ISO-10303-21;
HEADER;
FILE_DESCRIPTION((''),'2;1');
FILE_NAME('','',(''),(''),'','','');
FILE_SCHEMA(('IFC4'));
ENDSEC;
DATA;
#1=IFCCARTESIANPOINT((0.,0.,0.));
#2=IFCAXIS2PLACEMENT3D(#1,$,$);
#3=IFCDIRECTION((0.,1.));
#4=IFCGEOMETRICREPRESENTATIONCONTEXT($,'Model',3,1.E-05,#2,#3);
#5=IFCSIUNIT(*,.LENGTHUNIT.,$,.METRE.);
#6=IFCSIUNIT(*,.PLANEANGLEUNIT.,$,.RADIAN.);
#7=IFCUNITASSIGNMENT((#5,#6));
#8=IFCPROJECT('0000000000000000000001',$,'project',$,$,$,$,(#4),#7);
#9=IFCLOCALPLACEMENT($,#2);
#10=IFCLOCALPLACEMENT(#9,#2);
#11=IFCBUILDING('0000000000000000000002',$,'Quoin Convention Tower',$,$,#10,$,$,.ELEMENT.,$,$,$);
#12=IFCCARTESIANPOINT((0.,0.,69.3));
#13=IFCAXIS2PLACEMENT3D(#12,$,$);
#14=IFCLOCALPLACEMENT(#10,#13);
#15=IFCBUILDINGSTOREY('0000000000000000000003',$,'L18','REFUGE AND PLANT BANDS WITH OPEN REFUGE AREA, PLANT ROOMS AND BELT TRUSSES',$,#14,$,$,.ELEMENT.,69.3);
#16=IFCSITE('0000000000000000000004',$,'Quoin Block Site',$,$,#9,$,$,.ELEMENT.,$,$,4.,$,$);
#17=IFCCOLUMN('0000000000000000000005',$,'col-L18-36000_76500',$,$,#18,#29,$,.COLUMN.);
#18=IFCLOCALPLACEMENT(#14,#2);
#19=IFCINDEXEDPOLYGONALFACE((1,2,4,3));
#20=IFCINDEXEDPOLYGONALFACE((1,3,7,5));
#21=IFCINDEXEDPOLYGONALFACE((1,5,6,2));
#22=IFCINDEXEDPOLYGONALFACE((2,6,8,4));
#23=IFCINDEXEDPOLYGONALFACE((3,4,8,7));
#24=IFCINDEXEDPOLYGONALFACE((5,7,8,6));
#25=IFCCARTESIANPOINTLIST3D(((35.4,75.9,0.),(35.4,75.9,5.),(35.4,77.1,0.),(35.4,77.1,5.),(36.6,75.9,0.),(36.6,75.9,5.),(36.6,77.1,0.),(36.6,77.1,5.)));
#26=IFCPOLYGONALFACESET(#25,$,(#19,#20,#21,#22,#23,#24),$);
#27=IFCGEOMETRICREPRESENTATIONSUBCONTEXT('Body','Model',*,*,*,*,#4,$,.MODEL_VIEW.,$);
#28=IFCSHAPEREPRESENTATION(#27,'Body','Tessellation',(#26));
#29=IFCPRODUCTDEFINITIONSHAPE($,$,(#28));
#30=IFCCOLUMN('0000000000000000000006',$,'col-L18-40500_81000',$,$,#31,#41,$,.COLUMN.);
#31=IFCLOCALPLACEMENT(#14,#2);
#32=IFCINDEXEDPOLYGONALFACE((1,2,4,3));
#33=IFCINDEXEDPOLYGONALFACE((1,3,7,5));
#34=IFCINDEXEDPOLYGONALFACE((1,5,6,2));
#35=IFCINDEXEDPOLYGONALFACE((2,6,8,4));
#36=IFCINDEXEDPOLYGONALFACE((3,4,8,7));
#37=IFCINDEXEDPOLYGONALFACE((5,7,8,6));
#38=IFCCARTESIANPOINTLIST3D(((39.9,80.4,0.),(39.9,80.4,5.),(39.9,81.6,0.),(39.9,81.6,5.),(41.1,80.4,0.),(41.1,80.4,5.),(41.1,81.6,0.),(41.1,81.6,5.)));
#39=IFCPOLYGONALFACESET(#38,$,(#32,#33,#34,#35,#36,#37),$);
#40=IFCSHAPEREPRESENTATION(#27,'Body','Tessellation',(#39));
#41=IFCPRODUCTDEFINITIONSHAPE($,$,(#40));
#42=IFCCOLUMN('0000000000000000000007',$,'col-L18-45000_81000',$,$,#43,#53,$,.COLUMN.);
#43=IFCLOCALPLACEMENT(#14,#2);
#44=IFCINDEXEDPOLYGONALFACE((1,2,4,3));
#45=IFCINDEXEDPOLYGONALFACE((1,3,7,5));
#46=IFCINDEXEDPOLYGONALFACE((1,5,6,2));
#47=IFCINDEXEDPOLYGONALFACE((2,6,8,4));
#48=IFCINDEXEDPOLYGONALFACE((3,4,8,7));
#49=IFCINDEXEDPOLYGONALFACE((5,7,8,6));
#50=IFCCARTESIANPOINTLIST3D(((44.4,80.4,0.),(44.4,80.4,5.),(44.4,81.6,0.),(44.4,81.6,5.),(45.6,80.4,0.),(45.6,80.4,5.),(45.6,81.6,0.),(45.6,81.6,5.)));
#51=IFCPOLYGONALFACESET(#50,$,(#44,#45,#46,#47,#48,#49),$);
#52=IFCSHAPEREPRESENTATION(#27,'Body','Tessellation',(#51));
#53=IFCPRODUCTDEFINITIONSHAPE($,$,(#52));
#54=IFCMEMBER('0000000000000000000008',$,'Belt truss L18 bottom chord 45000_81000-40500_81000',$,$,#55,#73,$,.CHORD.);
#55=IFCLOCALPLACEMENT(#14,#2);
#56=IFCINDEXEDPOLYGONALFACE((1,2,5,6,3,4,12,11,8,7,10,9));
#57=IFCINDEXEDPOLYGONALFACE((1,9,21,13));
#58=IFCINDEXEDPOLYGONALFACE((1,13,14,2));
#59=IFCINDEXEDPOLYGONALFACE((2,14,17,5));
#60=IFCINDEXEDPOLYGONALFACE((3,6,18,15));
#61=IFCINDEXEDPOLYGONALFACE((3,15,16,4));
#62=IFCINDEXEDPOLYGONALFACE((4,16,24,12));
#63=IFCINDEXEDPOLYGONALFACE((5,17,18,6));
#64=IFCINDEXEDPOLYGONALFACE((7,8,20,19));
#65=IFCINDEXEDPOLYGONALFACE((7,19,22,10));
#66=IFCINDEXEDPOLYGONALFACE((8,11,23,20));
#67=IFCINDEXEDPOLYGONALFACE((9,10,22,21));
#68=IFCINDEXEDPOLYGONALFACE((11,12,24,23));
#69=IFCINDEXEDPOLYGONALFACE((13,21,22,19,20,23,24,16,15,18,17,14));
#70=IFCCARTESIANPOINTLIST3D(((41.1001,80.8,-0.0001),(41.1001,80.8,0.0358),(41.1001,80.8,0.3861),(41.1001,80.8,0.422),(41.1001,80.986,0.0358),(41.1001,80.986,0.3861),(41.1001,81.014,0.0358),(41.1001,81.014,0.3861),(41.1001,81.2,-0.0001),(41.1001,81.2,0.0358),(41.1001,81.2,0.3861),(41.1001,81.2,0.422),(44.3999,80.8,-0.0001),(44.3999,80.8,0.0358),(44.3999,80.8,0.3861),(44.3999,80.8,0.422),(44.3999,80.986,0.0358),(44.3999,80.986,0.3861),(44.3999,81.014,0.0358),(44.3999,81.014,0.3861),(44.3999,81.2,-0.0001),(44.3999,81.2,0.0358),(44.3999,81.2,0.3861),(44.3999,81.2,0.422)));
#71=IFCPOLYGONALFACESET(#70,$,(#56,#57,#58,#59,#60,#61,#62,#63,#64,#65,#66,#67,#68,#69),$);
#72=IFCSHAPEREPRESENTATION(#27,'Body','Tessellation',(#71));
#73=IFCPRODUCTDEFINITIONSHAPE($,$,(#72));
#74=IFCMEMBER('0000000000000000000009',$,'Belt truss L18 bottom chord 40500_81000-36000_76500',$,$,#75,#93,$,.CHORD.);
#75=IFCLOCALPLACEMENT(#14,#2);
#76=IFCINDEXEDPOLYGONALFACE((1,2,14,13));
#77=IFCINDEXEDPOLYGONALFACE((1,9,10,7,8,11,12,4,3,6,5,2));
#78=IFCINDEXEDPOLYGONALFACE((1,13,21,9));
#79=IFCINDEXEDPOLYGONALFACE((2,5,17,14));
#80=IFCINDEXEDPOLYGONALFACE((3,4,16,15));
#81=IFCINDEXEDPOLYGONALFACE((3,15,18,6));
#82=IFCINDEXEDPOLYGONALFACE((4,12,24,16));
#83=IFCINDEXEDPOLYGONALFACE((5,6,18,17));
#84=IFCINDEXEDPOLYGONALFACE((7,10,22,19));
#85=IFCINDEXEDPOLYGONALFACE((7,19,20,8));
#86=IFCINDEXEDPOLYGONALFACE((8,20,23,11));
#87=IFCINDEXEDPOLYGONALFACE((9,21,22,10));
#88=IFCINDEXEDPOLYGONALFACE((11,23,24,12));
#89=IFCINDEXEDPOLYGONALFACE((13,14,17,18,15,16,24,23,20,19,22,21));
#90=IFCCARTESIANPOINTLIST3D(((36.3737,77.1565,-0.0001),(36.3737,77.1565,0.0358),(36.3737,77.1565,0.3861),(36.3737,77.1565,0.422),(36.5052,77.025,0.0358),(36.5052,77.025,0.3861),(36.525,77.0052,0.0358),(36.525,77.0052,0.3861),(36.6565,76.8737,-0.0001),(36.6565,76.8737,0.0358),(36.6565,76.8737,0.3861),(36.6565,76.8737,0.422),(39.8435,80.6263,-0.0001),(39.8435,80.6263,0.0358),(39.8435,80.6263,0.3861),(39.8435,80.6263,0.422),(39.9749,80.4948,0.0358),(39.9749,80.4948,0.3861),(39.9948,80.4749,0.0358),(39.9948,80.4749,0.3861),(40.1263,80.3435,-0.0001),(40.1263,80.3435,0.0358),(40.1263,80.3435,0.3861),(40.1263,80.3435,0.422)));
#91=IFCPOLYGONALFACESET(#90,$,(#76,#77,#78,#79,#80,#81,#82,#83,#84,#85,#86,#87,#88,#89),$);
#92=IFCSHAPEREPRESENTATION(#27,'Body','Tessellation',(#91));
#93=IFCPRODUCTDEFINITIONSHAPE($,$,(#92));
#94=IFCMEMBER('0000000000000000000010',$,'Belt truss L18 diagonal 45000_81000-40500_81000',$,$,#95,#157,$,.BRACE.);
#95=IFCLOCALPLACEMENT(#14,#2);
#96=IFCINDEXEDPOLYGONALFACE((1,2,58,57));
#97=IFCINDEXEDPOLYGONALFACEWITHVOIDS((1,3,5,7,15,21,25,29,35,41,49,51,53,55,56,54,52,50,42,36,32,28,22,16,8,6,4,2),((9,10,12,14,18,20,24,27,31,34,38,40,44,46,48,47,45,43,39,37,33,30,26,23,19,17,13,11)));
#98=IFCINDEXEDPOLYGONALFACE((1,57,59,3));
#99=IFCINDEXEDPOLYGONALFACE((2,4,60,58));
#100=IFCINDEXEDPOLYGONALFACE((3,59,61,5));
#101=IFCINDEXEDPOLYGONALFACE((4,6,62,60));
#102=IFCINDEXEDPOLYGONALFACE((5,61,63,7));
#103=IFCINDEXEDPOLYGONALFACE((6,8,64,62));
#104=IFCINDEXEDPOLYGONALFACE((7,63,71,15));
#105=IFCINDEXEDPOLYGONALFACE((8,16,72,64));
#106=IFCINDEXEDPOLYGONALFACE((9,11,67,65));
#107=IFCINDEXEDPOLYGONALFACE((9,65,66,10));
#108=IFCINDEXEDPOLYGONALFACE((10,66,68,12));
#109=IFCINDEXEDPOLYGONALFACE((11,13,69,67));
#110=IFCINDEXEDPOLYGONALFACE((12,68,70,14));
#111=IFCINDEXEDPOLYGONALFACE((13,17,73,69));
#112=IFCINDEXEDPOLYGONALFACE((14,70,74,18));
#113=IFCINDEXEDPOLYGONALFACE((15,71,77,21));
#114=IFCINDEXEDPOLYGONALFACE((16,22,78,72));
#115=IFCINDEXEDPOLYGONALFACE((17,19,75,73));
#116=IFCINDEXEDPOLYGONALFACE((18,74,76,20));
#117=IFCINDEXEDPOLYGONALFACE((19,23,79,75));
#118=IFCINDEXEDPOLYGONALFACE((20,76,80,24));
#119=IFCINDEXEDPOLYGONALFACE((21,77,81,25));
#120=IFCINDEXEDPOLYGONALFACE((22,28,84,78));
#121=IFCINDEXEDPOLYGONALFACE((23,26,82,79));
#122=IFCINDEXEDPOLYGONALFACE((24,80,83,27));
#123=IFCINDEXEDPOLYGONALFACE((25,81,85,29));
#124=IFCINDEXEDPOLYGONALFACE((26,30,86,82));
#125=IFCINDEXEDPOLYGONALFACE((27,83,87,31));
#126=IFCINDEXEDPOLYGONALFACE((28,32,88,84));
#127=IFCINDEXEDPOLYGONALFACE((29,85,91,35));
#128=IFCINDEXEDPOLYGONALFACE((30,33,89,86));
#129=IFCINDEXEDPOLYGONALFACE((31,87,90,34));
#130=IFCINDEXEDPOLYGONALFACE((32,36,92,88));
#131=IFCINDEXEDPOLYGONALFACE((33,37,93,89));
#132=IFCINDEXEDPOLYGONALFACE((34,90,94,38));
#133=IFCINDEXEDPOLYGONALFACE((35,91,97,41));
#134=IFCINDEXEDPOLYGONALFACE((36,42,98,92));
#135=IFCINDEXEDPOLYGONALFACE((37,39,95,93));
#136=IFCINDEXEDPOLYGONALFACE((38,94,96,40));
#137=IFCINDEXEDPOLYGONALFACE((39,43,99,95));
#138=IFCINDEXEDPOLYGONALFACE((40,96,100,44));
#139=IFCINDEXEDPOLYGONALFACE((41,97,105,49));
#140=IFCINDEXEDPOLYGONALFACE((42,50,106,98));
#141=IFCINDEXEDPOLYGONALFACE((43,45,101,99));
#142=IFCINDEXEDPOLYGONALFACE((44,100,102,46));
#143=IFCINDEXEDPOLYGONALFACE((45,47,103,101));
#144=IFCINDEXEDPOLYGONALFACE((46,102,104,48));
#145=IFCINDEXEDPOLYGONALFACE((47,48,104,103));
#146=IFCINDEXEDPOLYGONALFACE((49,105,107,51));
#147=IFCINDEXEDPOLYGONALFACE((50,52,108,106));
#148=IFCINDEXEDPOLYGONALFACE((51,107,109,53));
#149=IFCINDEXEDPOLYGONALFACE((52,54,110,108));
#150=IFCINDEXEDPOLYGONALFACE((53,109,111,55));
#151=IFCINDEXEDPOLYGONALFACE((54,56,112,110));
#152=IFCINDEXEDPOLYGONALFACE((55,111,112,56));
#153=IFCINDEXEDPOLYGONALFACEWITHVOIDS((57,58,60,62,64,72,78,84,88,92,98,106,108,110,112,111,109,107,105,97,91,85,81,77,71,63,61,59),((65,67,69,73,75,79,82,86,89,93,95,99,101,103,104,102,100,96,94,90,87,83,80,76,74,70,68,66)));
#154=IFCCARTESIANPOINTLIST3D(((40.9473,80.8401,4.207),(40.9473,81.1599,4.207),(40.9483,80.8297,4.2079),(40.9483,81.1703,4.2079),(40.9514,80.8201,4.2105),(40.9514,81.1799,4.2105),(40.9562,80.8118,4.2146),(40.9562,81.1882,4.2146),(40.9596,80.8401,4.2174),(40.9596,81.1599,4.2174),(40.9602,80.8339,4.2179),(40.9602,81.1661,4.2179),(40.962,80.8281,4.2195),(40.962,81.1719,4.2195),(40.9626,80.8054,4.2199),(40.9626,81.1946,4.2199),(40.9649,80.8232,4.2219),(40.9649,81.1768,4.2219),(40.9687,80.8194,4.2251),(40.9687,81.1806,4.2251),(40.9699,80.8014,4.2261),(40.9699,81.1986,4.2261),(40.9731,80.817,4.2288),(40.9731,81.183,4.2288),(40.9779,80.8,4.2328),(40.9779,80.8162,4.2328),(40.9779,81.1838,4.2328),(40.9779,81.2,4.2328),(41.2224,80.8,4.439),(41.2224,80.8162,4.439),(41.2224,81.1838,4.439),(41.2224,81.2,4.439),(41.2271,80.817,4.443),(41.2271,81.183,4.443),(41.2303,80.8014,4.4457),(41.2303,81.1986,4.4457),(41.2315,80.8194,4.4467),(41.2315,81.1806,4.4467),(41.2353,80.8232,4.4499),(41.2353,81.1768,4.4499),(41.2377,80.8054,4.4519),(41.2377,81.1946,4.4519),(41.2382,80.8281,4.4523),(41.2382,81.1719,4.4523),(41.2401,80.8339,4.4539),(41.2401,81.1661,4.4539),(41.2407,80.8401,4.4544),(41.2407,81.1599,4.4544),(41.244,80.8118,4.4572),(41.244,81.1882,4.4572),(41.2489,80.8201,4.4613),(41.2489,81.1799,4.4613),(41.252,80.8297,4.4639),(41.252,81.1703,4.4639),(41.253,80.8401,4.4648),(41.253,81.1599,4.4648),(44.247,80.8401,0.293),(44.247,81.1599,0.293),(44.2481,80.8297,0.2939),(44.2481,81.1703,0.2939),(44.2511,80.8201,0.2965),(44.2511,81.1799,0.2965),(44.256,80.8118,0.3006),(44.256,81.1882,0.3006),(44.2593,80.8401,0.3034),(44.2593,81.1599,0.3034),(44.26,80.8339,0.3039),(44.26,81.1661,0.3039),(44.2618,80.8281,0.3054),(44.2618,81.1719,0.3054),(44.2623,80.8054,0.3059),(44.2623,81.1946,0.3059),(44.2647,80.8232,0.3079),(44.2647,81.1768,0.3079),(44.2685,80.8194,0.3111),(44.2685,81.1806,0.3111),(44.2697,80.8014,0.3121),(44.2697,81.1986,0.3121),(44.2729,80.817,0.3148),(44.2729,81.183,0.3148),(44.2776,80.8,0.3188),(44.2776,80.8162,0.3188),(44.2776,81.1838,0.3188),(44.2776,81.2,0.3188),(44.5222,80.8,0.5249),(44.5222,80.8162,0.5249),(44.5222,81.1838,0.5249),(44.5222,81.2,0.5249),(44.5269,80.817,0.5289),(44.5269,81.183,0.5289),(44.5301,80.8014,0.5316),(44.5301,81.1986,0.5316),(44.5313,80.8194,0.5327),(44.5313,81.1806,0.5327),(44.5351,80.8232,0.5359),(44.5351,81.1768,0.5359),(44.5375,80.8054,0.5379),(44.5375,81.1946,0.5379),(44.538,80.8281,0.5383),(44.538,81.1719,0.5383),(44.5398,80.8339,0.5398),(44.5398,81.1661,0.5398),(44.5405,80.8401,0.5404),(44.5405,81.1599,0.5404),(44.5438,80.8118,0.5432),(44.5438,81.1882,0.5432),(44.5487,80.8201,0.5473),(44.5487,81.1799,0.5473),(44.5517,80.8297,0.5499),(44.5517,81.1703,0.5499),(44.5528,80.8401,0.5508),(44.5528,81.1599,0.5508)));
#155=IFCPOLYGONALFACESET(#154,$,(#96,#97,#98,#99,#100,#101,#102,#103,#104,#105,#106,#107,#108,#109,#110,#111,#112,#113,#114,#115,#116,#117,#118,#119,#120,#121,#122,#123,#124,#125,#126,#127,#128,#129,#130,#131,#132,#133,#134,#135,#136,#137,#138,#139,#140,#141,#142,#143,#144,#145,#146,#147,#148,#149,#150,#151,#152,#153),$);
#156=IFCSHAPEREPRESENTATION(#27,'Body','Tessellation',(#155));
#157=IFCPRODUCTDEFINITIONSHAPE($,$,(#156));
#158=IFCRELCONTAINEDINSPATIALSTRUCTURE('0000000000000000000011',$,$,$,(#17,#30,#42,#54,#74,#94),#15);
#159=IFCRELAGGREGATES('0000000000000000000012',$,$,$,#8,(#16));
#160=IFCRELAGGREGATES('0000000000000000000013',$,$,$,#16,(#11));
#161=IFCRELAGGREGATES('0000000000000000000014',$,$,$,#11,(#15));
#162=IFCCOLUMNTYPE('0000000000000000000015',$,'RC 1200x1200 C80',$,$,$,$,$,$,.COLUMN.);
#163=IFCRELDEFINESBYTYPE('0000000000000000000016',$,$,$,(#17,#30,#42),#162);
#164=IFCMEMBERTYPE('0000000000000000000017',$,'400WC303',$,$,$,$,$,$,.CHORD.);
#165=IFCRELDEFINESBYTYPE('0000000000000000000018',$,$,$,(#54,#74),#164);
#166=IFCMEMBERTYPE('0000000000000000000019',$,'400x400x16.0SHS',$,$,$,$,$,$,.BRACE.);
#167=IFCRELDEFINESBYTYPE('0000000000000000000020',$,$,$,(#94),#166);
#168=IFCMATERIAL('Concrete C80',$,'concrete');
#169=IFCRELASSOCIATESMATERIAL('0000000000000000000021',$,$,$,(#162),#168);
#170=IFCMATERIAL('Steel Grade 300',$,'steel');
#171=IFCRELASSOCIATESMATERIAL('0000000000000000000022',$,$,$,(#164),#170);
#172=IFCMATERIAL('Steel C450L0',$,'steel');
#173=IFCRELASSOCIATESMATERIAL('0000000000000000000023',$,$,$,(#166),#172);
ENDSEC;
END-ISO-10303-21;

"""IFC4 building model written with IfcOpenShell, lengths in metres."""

from ifc_helpers import new_model, si_unit, direction, frame, origin, origin_2d, place, context, subcontext, project, spatial, rectangle, hollow_rectangle, i_section, extrude, material, material_profile, profile_set, type_object, element, save


model = new_model("IFC4")

# Units and contexts
model_context = context("Model", 3, precision=1e-05, world=origin(), true_north=direction((0.0, 1.0)))
body_context = subcontext(model_context, "Body", "Model", "MODEL_VIEW")
ifc_project = project(units=[si_unit("LENGTHUNIT", "METRE"), si_unit("PLANEANGLEUNIT", "RADIAN")], contexts=[model_context])

# Site, building, storey
site_placement = place(None, origin())
site = spatial("IfcSite", under=ifc_project, at=site_placement, Name="Quoin Block Site", CompositionType="ELEMENT", RefElevation=4.0)
building_placement = place(site_placement, origin())
building = spatial("IfcBuilding", under=site, at=building_placement, Name="Quoin Convention Tower", CompositionType="ELEMENT")
storey_placement = place(building_placement, frame((0.0, 0.0, 69.3)))
storey = spatial("IfcBuildingStorey", under=building, at=storey_placement, Name="L18", Description="REFUGE AND PLANT BANDS WITH OPEN REFUGE AREA, PLANT ROOMS AND BELT TRUSSES", CompositionType="ELEMENT", Elevation=69.3)

# Columns
ifc_material_1 = material(Name="Concrete C80", Category="concrete")
ifc_material_profile_1 = material_profile(ifc_material_1, rectangle(XDim=1.2, YDim=1.2, at=origin_2d()), Name="RC 1200x1200")
ifc_profile_set_1 = profile_set([ifc_material_profile_1], Name="Concrete C80")
column_type = type_object("IfcColumnType", Name="RC 1200x1200 C80", PredefinedType="COLUMN", material=ifc_profile_set_1)
for number, where, z_axis, x_axis, name in (
    (1, (36.0, 76.5, 0.0), (0.0, 0.0, 1.0), (1.0, 0.0, 0.0), "col-L18-36000_76500"),
    (2, (40.5, 81.0, 0.0), (0.0, 0.0, 1.0), (1.0, 0.0, 0.0), "col-L18-40500_81000"),
    (3, (45.0, 81.0, 0.0), (0.0, 0.0, 1.0), (1.0, 0.0, 0.0), "col-L18-45000_81000"),
):
    element("IfcColumn", number, at=place(storey_placement, frame(where, z_axis=z_axis, x_axis=x_axis)), inside=storey, type_object=column_type, Name=name, PredefinedType="COLUMN", context=body_context, shape_type="SweptSolid", body=[
        extrude(rectangle(XDim=1.2, YDim=1.2, at=origin_2d()), origin(), (0.0, 0.0, 1.0), 5.0),
    ])

# Members
ifc_material_2 = material(Name="Steel Grade 300", Category="steel")
ifc_material_profile_2 = material_profile(ifc_material_2, i_section(OverallWidth=0.3999, OverallDepth=0.4221, WebThickness=0.0281, FlangeThickness=0.0359, at=origin_2d()), Name="400WC303")
ifc_profile_set_2 = profile_set([ifc_material_profile_2], Name="Steel Grade 300")
member_type_1 = type_object("IfcMemberType", Name="400WC303", PredefinedType="CHORD", material=ifc_profile_set_2)
member_1_placement = place(storey_placement, frame((44.3999, 81.0, 0.2109), z_axis=(-1.0, 0.0, 0.0), x_axis=(0.0, -1.0, 0.0)))
element("IfcMember", 4, at=member_1_placement, inside=storey, type_object=member_type_1, Name="Belt truss L18 bottom chord 45000_81000-40500_81000", PredefinedType="CHORD", context=body_context, shape_type="SweptSolid", body=[
    extrude(i_section(OverallWidth=0.3999, OverallDepth=0.4221, WebThickness=0.0281, FlangeThickness=0.0359, at=origin_2d()), origin(), (0.0, 0.0, 1.0), 3.2998),
])
member_2_placement = place(storey_placement, frame((39.9849, 80.4849, 0.2109), z_axis=(-0.707107, -0.707107, 0.0), x_axis=(0.707107, -0.707107, 0.0)))
element("IfcMember", 5, at=member_2_placement, inside=storey, type_object=member_type_1, Name="Belt truss L18 bottom chord 40500_81000-36000_76500", PredefinedType="CHORD", context=body_context, shape_type="SweptSolid", body=[
    extrude(i_section(OverallWidth=0.3999, OverallDepth=0.4221, WebThickness=0.0281, FlangeThickness=0.0359, at=origin_2d()), origin(), (0.0, 0.0, 1.0), 4.907),
])
ifc_material_3 = material(Name="Steel C450L0", Category="steel")
ifc_material_profile_3 = material_profile(ifc_material_3, hollow_rectangle(XDim=0.3999, YDim=0.3999, WallThickness=0.0161, InnerFilletRadius=0.0239, OuterFilletRadius=0.04, at=origin_2d()), Name="400x400x16.0SHS")
ifc_profile_set_3 = profile_set([ifc_material_profile_3], Name="Steel C450L0")
member_type_2 = type_object("IfcMemberType", Name="400x400x16.0SHS", PredefinedType="BRACE", material=ifc_profile_set_3)
member_3_placement = place(storey_placement, frame((44.3999, 81.0, 0.4219), z_axis=(-0.644564, 0.0, 0.76455), x_axis=(0.0, -1.0, 0.0)))
element("IfcMember", 6, at=member_3_placement, inside=storey, type_object=member_type_2, Name="Belt truss L18 diagonal 45000_81000-40500_81000", PredefinedType="BRACE", context=body_context, shape_type="SweptSolid", body=[
    extrude(hollow_rectangle(XDim=0.3999, YDim=0.3999, WallThickness=0.0161, InnerFilletRadius=0.0239, OuterFilletRadius=0.04, at=origin_2d()), origin(), (0.0, 0.0, 1.0), 5.1194),
])

save(model, "model.ifc")
